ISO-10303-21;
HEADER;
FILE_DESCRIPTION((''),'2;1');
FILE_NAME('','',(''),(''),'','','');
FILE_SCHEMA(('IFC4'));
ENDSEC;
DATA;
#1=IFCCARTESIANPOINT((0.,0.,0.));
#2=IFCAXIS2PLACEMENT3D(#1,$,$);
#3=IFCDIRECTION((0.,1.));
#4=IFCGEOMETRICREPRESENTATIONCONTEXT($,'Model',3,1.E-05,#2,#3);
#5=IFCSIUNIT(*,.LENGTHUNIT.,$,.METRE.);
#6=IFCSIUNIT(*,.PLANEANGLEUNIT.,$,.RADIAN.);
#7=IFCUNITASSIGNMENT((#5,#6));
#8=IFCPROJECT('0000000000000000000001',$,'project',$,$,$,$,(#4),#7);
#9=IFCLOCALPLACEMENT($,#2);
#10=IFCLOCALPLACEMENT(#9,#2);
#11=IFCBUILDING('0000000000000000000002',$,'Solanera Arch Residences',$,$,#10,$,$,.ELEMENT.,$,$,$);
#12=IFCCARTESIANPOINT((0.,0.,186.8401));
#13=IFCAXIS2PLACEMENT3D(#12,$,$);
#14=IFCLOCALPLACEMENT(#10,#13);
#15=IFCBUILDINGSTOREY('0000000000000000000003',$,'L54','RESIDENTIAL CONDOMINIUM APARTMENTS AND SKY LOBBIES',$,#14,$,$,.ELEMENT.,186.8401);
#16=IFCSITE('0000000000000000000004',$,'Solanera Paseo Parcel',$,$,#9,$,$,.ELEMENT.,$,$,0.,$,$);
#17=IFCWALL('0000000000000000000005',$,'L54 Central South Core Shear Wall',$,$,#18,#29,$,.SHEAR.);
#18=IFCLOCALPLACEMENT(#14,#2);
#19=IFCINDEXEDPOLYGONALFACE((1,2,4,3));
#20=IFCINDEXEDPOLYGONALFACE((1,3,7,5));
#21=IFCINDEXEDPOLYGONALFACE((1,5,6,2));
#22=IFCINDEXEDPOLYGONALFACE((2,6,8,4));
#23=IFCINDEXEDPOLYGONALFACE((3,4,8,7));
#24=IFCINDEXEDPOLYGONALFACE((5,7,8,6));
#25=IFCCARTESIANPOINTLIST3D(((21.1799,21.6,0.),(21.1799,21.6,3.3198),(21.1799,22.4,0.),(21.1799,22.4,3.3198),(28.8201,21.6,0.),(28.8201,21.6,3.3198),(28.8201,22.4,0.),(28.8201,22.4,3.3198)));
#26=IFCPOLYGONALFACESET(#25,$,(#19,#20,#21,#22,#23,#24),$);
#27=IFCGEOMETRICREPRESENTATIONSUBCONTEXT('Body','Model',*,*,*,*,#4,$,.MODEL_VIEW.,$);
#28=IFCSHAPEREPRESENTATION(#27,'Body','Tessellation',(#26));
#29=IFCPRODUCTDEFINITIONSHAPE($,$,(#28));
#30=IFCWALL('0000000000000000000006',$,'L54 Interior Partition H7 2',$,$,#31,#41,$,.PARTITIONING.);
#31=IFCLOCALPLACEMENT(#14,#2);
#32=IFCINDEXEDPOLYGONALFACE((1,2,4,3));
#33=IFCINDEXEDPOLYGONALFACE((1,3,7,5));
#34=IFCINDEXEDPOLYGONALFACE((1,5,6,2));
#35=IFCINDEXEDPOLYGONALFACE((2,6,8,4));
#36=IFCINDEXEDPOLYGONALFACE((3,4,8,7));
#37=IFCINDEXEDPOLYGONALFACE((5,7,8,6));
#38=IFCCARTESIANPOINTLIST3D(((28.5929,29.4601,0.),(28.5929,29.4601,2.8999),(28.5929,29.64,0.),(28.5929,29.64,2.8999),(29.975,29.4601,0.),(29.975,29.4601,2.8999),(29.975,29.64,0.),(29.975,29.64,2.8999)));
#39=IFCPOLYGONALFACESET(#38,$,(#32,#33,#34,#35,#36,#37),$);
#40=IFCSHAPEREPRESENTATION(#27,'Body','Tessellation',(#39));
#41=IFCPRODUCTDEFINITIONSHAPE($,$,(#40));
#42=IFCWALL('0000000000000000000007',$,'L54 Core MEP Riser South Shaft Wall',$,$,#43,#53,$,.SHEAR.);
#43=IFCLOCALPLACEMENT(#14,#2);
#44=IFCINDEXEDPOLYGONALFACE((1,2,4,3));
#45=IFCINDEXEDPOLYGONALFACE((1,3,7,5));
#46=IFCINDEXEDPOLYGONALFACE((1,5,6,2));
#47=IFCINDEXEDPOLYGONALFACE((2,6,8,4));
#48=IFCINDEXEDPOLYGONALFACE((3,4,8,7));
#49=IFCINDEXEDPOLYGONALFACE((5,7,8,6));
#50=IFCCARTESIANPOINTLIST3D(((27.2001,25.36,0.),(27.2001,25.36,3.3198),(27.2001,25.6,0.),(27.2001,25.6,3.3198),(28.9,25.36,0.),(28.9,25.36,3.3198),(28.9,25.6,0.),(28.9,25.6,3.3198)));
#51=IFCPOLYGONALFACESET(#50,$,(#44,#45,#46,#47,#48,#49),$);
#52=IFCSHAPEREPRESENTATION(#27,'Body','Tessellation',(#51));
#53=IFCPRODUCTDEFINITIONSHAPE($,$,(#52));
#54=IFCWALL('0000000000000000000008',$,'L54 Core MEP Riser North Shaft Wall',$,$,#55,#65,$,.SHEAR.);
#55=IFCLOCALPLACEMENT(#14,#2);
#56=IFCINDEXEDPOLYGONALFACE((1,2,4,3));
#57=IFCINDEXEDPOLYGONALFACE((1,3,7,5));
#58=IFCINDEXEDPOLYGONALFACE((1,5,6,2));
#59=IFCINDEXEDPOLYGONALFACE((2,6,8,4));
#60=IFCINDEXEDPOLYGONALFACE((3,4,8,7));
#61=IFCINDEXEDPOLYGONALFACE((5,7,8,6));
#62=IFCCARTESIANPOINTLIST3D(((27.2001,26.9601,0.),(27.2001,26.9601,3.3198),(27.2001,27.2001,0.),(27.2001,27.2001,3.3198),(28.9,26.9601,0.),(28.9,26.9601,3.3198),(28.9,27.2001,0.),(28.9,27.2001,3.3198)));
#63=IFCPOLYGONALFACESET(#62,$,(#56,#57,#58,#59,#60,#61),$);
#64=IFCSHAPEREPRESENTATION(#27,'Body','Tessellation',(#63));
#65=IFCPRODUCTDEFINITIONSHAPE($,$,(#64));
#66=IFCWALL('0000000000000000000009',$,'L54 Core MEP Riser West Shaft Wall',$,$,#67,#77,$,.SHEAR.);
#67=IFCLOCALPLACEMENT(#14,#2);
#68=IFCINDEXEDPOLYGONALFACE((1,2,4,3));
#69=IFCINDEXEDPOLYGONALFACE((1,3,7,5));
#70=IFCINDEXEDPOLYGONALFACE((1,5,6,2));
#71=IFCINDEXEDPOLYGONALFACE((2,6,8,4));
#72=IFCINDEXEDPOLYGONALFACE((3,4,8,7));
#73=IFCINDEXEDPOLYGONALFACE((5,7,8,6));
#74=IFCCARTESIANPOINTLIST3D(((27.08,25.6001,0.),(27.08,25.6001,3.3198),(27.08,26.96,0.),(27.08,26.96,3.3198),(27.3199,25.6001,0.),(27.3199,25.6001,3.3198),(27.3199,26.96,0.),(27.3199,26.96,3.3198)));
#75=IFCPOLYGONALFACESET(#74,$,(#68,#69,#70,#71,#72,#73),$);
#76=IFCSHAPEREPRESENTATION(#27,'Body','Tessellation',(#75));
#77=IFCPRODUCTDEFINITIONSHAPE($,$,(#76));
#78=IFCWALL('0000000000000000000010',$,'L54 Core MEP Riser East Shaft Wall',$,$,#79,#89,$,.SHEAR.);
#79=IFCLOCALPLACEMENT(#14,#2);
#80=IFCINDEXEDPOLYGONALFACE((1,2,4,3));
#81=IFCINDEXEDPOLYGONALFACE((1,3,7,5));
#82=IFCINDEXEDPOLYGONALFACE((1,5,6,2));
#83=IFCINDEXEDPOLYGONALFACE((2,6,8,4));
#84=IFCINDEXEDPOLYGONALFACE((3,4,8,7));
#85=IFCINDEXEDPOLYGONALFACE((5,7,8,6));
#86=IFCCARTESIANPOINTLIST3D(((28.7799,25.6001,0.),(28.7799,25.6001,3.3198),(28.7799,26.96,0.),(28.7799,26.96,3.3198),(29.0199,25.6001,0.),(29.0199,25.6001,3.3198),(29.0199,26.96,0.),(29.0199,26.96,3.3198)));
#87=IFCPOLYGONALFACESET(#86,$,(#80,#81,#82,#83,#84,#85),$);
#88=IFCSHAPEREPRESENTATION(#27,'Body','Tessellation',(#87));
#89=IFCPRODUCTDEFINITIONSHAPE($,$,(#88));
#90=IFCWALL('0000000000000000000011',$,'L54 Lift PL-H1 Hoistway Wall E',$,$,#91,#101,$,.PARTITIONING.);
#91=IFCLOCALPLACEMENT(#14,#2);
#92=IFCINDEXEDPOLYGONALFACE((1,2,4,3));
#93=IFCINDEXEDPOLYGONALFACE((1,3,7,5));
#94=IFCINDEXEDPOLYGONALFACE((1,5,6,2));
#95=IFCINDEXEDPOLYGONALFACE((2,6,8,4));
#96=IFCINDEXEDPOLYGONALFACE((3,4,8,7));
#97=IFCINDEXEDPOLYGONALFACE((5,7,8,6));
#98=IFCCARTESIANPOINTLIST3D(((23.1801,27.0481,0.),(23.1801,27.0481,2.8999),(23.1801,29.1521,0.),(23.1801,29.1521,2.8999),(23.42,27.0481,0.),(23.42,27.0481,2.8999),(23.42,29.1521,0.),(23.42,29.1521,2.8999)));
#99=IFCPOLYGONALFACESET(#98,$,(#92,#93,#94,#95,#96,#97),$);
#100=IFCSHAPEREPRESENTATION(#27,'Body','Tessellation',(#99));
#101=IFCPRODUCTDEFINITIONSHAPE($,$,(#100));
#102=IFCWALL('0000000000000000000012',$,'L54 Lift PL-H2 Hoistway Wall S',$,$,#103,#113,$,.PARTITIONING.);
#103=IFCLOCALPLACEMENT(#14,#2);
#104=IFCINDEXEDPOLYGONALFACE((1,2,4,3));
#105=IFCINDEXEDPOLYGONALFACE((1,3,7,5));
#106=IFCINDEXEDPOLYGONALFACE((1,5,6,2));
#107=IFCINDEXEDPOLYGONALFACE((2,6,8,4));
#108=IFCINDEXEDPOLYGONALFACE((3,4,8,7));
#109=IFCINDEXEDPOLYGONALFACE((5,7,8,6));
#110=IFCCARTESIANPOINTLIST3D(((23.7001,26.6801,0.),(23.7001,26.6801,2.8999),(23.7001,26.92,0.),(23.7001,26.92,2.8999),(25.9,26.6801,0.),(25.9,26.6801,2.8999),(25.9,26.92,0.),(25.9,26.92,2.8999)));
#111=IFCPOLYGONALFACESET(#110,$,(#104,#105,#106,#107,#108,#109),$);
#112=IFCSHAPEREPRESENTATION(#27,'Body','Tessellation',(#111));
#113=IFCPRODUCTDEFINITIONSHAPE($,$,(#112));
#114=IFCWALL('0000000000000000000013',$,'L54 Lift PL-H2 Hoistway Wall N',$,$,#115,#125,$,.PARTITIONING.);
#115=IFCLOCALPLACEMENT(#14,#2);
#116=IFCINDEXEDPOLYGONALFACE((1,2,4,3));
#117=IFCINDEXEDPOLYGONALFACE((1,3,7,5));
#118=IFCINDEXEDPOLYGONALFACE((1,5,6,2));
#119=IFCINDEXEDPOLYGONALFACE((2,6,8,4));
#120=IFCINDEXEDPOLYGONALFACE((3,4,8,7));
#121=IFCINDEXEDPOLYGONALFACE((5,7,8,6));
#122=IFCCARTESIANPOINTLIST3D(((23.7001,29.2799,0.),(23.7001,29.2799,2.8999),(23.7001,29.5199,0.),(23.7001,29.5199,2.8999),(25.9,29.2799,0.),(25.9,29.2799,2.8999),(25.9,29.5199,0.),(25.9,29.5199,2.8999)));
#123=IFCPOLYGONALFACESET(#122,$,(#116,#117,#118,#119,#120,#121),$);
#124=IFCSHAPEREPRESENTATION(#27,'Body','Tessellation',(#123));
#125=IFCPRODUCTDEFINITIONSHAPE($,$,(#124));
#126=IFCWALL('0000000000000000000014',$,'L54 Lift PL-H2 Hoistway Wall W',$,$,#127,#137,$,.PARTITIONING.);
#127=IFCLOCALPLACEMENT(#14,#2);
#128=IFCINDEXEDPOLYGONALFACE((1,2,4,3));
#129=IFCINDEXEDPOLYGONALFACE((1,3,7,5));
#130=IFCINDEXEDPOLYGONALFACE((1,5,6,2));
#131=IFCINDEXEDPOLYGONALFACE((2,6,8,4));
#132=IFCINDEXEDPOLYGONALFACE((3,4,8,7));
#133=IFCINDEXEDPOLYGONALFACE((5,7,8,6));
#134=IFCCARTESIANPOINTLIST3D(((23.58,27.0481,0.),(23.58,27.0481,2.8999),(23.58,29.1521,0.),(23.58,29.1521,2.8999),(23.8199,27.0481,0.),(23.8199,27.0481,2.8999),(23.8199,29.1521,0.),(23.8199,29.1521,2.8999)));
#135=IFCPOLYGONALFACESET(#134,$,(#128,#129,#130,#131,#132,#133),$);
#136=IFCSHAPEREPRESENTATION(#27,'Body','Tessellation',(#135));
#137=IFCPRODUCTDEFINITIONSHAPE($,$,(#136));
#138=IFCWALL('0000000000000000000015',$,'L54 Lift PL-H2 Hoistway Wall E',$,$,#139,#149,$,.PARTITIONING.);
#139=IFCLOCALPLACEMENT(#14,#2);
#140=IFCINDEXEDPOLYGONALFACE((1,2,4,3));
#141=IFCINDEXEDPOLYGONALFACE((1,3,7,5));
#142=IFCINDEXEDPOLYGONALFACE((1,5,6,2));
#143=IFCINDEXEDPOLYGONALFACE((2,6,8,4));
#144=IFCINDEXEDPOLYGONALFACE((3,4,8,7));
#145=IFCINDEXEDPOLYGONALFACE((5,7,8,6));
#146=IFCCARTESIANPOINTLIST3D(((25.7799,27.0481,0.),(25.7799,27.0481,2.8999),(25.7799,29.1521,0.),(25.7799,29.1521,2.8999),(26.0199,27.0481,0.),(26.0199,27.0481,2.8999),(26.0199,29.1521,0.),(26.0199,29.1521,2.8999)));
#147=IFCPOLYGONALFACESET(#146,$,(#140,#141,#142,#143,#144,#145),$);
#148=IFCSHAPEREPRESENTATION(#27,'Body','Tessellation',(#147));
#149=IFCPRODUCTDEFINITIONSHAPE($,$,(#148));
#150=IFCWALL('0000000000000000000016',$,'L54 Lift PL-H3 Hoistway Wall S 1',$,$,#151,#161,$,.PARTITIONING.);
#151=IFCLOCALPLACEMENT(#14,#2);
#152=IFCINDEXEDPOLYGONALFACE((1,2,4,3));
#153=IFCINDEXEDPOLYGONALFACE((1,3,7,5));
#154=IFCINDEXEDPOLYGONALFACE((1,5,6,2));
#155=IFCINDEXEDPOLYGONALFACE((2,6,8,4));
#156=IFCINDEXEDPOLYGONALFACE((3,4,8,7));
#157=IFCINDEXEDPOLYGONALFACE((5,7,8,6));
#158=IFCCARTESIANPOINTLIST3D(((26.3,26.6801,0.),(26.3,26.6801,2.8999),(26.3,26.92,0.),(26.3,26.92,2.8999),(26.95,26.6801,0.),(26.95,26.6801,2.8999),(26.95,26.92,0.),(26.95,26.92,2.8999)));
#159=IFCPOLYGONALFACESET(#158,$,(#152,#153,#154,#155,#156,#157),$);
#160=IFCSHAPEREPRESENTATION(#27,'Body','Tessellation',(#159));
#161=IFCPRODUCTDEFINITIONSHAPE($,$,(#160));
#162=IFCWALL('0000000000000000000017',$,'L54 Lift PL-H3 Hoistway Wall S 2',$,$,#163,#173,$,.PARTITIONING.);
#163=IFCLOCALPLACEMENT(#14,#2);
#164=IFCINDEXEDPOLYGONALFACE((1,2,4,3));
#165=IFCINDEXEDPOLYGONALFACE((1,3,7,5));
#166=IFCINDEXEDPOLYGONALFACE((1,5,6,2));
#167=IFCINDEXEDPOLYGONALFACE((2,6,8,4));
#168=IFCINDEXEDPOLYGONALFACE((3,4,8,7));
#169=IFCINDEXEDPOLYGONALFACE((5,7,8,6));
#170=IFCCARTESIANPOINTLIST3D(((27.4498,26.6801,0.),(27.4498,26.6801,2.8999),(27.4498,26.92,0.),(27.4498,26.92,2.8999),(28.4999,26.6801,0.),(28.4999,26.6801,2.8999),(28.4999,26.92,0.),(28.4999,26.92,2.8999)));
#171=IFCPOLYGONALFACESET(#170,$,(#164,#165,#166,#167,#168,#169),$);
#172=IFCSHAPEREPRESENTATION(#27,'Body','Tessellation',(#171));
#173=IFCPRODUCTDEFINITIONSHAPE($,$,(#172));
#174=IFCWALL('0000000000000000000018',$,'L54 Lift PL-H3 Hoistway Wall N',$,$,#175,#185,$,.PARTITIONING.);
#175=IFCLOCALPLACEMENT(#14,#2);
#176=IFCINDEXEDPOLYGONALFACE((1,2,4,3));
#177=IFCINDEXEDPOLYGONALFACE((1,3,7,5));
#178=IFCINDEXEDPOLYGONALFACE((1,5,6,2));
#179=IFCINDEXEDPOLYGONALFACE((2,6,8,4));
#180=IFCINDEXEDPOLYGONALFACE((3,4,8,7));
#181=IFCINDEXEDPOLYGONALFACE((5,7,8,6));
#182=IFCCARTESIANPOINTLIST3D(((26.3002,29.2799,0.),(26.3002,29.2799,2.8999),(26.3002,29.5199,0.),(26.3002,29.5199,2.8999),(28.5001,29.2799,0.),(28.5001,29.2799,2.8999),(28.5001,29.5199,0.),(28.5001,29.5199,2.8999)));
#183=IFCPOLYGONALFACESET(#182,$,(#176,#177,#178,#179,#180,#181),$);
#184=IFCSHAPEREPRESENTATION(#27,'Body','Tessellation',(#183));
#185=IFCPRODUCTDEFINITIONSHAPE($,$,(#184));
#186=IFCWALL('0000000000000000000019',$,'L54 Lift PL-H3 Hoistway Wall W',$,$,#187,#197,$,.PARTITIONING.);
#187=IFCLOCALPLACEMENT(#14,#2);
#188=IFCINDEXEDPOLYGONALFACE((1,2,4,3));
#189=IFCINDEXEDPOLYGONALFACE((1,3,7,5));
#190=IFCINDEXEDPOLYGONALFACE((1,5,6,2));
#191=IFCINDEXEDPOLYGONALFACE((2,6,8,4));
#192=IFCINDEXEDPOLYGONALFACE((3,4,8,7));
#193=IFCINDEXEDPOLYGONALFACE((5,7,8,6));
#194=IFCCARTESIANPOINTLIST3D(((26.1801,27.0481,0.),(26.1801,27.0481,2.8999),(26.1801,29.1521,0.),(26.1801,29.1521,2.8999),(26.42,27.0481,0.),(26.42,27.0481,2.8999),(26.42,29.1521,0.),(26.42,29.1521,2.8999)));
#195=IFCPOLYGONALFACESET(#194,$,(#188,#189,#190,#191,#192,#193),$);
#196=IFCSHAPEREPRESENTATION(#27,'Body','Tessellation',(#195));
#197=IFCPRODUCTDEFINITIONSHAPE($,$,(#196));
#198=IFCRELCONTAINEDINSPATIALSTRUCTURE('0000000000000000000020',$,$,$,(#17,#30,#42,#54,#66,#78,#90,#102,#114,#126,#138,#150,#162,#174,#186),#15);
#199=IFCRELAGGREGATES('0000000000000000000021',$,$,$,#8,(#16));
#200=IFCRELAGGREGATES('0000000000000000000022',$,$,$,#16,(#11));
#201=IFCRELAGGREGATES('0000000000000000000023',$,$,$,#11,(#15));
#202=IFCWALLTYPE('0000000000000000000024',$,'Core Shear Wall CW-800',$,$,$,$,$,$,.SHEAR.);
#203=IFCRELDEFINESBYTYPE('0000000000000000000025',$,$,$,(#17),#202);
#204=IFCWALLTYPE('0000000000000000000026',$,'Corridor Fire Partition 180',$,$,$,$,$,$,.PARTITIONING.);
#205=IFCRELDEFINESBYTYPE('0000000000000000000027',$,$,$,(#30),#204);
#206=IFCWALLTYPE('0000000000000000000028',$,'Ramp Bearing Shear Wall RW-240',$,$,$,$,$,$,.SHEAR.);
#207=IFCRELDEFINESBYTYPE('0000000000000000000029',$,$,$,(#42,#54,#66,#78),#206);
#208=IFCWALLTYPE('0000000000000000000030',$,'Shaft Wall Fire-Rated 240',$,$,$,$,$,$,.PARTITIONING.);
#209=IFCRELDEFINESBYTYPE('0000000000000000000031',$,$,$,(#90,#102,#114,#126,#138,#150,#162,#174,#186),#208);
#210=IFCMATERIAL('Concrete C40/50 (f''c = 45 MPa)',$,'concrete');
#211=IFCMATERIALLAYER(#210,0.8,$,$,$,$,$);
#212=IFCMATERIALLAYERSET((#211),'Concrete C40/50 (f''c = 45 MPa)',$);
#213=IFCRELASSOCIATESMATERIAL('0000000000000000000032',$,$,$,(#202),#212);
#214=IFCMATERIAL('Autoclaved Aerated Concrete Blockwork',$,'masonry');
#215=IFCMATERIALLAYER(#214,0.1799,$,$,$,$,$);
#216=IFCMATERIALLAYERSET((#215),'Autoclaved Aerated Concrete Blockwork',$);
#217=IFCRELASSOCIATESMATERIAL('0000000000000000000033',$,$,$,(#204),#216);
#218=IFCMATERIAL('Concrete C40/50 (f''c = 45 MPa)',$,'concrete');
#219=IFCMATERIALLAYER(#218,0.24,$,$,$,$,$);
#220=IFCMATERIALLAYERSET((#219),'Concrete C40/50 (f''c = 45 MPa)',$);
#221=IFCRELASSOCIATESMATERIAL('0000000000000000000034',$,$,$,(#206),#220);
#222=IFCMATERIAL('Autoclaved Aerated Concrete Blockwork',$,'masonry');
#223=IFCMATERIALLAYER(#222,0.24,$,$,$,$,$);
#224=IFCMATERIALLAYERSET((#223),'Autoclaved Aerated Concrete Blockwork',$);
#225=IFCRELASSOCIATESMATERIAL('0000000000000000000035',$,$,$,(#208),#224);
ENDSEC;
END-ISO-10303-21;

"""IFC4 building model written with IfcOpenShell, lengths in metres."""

from ifc_helpers import new_model, si_unit, direction, frame, frame_2d, origin, place, context, subcontext, project, spatial, rectangle, extrude, material, layer, layer_set, type_object, element, save


model = new_model("IFC4")

# Units and contexts
model_context = context("Model", 3, precision=1e-05, world=origin(), true_north=direction((0.0, 1.0)))
body_context = subcontext(model_context, "Body", "Model", "MODEL_VIEW")
ifc_project = project(units=[si_unit("LENGTHUNIT", "METRE"), si_unit("PLANEANGLEUNIT", "RADIAN")], contexts=[model_context])

# Site, building, storey
site_placement = place(None, origin())
site = spatial("IfcSite", under=ifc_project, at=site_placement, Name="Solanera Paseo Parcel", CompositionType="ELEMENT", RefElevation=0.0)
building_placement = place(site_placement, origin())
building = spatial("IfcBuilding", under=site, at=building_placement, Name="Solanera Arch Residences", CompositionType="ELEMENT")
storey_placement = place(building_placement, frame((0.0, 0.0, 186.8401)))
storey = spatial("IfcBuildingStorey", under=building, at=storey_placement, Name="L54", Description="RESIDENTIAL CONDOMINIUM APARTMENTS AND SKY LOBBIES", CompositionType="ELEMENT", Elevation=186.8401)

# Walls
ifc_material_1 = material(Name="Concrete C40/50 (f'c = 45 MPa)", Category="concrete")
ifc_layer_1 = layer(ifc_material_1, 0.8)
ifc_layer_set_1 = layer_set([ifc_layer_1], Name="Concrete C40/50 (f'c = 45 MPa)")
wall_type_1 = type_object("IfcWallType", Name="Core Shear Wall CW-800", PredefinedType="SHEAR", material=ifc_layer_set_1)
wall_1_placement = place(storey_placement, frame((21.1799, 22.0, 0.0), z_axis=(0.0, 0.0, 1.0), x_axis=(1.0, 0.0, 0.0)))
element("IfcWall", 1, at=wall_1_placement, inside=storey, type_object=wall_type_1, Name="L54 Central South Core Shear Wall", PredefinedType="SHEAR", context=body_context, shape_type="SweptSolid", body=[
    extrude(rectangle(XDim=7.6401, YDim=0.8, at=frame_2d((3.8201, 0.0))), origin(), (0.0, 0.0, 1.0), 3.3198),
])
ifc_material_2 = material(Name="Autoclaved Aerated Concrete Blockwork", Category="masonry")
ifc_layer_2 = layer(ifc_material_2, 0.1799)
ifc_layer_set_2 = layer_set([ifc_layer_2], Name="Autoclaved Aerated Concrete Blockwork")
wall_type_2 = type_object("IfcWallType", Name="Corridor Fire Partition 180", PredefinedType="PARTITIONING", material=ifc_layer_set_2)
wall_2_placement = place(storey_placement, frame((28.593, 29.55, 0.0), z_axis=(0.0, 0.0, 1.0), x_axis=(1.0, 0.0, 0.0)))
element("IfcWall", 2, at=wall_2_placement, inside=storey, type_object=wall_type_2, Name="L54 Interior Partition H7 2", PredefinedType="PARTITIONING", context=body_context, shape_type="SweptSolid", body=[
    extrude(rectangle(XDim=1.3821, YDim=0.1799, at=frame_2d((0.6909, 0.0))), origin(), (0.0, 0.0, 1.0), 2.8999),
])
ifc_material_3 = material(Name="Concrete C40/50 (f'c = 45 MPa)", Category="concrete")
ifc_layer_3 = layer(ifc_material_3, 0.24)
ifc_layer_set_3 = layer_set([ifc_layer_3], Name="Concrete C40/50 (f'c = 45 MPa)")
wall_type_3 = type_object("IfcWallType", Name="Ramp Bearing Shear Wall RW-240", PredefinedType="SHEAR", material=ifc_layer_set_3)
for number, where, z_axis, x_axis, name in (
    (3, (27.2, 25.48, 0.0), (0.0, 0.0, 1.0), (1.0, 0.0, 0.0), "L54 Core MEP Riser South Shaft Wall"),
    (4, (27.2, 27.0801, 0.0), (0.0, 0.0, 1.0), (1.0, 0.0, 0.0), "L54 Core MEP Riser North Shaft Wall"),
):
    element("IfcWall", number, at=place(storey_placement, frame(where, z_axis=z_axis, x_axis=x_axis)), inside=storey, type_object=wall_type_3, Name=name, PredefinedType="SHEAR", context=body_context, shape_type="SweptSolid", body=[
        extrude(rectangle(XDim=1.7, YDim=0.24, at=frame_2d((0.8501, 0.0))), origin(), (0.0, 0.0, 1.0), 3.3198),
    ])
for number, where, z_axis, x_axis, name in (
    (5, (27.2, 25.6001, 0.0), (0.0, 0.0, 1.0), (0.0, 1.0, 0.0), "L54 Core MEP Riser West Shaft Wall"),
    (6, (28.8999, 25.6001, 0.0), (0.0, 0.0, 1.0), (0.0, 1.0, 0.0), "L54 Core MEP Riser East Shaft Wall"),
):
    element("IfcWall", number, at=place(storey_placement, frame(where, z_axis=z_axis, x_axis=x_axis)), inside=storey, type_object=wall_type_3, Name=name, PredefinedType="SHEAR", context=body_context, shape_type="SweptSolid", body=[
        extrude(rectangle(XDim=1.3599, YDim=0.24, at=frame_2d((0.6799, 0.0))), origin(), (0.0, 0.0, 1.0), 3.3198),
    ])
ifc_material_4 = material(Name="Autoclaved Aerated Concrete Blockwork", Category="masonry")
ifc_layer_4 = layer(ifc_material_4, 0.24)
ifc_layer_set_4 = layer_set([ifc_layer_4], Name="Autoclaved Aerated Concrete Blockwork")
wall_type_4 = type_object("IfcWallType", Name="Shaft Wall Fire-Rated 240", PredefinedType="PARTITIONING", material=ifc_layer_set_4)
wall_3_placement = place(storey_placement, frame((23.3, 27.0481, 0.0), z_axis=(0.0, 0.0, 1.0), x_axis=(0.0, 1.0, 0.0)))
element("IfcWall", 7, at=wall_3_placement, inside=storey, type_object=wall_type_4, Name="L54 Lift PL-H1 Hoistway Wall E", PredefinedType="PARTITIONING", context=body_context, shape_type="SweptSolid", body=[
    extrude(rectangle(XDim=2.104, YDim=0.24, at=frame_2d((1.052, 0.0))), origin(), (0.0, 0.0, 1.0), 2.8999),
])
for number, where, z_axis, x_axis, name in (
    (8, (23.7, 26.8, 0.0), (0.0, 0.0, 1.0), (1.0, 0.0, 0.0), "L54 Lift PL-H2 Hoistway Wall S"),
    (9, (23.7, 29.3999, 0.0), (0.0, 0.0, 1.0), (1.0, 0.0, 0.0), "L54 Lift PL-H2 Hoistway Wall N"),
):
    element("IfcWall", number, at=place(storey_placement, frame(where, z_axis=z_axis, x_axis=x_axis)), inside=storey, type_object=wall_type_4, Name=name, PredefinedType="PARTITIONING", context=body_context, shape_type="SweptSolid", body=[
        extrude(rectangle(XDim=2.2, YDim=0.24, at=frame_2d((1.1001, 0.0))), origin(), (0.0, 0.0, 1.0), 2.8999),
    ])
for number, where, z_axis, x_axis, name in (
    (10, (23.7, 27.0481, 0.0), (0.0, 0.0, 1.0), (0.0, 1.0, 0.0), "L54 Lift PL-H2 Hoistway Wall W"),
    (11, (25.8999, 27.0481, 0.0), (0.0, 0.0, 1.0), (0.0, 1.0, 0.0), "L54 Lift PL-H2 Hoistway Wall E"),
):
    element("IfcWall", number, at=place(storey_placement, frame(where, z_axis=z_axis, x_axis=x_axis)), inside=storey, type_object=wall_type_4, Name=name, PredefinedType="PARTITIONING", context=body_context, shape_type="SweptSolid", body=[
        extrude(rectangle(XDim=2.104, YDim=0.24, at=frame_2d((1.052, 0.0))), origin(), (0.0, 0.0, 1.0), 2.8999),
    ])
wall_4_placement = place(storey_placement, frame((26.3, 26.8, 0.0), z_axis=(0.0, 0.0, 1.0), x_axis=(1.0, 0.0, 0.0)))
element("IfcWall", 12, at=wall_4_placement, inside=storey, type_object=wall_type_4, Name="L54 Lift PL-H3 Hoistway Wall S 1", PredefinedType="PARTITIONING", context=body_context, shape_type="SweptSolid", body=[
    extrude(rectangle(XDim=0.6499, YDim=0.24, at=frame_2d((0.325, 0.0))), origin(), (0.0, 0.0, 1.0), 2.8999),
])
wall_5_placement = place(storey_placement, frame((27.45, 26.8, 0.0), z_axis=(0.0, 0.0, 1.0), x_axis=(1.0, 0.0, 0.0)))
element("IfcWall", 13, at=wall_5_placement, inside=storey, type_object=wall_type_4, Name="L54 Lift PL-H3 Hoistway Wall S 2", PredefinedType="PARTITIONING", context=body_context, shape_type="SweptSolid", body=[
    extrude(rectangle(XDim=1.05, YDim=0.24, at=frame_2d((0.5249, 0.0))), origin(), (0.0, 0.0, 1.0), 2.8999),
])
wall_6_placement = place(storey_placement, frame((26.3, 29.3999, 0.0), z_axis=(0.0, 0.0, 1.0), x_axis=(1.0, 0.0, 0.0)))
element("IfcWall", 14, at=wall_6_placement, inside=storey, type_object=wall_type_4, Name="L54 Lift PL-H3 Hoistway Wall N", PredefinedType="PARTITIONING", context=body_context, shape_type="SweptSolid", body=[
    extrude(rectangle(XDim=2.2, YDim=0.24, at=frame_2d((1.1001, 0.0))), origin(), (0.0, 0.0, 1.0), 2.8999),
])
wall_7_placement = place(storey_placement, frame((26.3, 27.0481, 0.0), z_axis=(0.0, 0.0, 1.0), x_axis=(0.0, 1.0, 0.0)))
element("IfcWall", 15, at=wall_7_placement, inside=storey, type_object=wall_type_4, Name="L54 Lift PL-H3 Hoistway Wall W", PredefinedType="PARTITIONING", context=body_context, shape_type="SweptSolid", body=[
    extrude(rectangle(XDim=2.104, YDim=0.24, at=frame_2d((1.052, 0.0))), origin(), (0.0, 0.0, 1.0), 2.8999),
])

save(model, "model.ifc")
